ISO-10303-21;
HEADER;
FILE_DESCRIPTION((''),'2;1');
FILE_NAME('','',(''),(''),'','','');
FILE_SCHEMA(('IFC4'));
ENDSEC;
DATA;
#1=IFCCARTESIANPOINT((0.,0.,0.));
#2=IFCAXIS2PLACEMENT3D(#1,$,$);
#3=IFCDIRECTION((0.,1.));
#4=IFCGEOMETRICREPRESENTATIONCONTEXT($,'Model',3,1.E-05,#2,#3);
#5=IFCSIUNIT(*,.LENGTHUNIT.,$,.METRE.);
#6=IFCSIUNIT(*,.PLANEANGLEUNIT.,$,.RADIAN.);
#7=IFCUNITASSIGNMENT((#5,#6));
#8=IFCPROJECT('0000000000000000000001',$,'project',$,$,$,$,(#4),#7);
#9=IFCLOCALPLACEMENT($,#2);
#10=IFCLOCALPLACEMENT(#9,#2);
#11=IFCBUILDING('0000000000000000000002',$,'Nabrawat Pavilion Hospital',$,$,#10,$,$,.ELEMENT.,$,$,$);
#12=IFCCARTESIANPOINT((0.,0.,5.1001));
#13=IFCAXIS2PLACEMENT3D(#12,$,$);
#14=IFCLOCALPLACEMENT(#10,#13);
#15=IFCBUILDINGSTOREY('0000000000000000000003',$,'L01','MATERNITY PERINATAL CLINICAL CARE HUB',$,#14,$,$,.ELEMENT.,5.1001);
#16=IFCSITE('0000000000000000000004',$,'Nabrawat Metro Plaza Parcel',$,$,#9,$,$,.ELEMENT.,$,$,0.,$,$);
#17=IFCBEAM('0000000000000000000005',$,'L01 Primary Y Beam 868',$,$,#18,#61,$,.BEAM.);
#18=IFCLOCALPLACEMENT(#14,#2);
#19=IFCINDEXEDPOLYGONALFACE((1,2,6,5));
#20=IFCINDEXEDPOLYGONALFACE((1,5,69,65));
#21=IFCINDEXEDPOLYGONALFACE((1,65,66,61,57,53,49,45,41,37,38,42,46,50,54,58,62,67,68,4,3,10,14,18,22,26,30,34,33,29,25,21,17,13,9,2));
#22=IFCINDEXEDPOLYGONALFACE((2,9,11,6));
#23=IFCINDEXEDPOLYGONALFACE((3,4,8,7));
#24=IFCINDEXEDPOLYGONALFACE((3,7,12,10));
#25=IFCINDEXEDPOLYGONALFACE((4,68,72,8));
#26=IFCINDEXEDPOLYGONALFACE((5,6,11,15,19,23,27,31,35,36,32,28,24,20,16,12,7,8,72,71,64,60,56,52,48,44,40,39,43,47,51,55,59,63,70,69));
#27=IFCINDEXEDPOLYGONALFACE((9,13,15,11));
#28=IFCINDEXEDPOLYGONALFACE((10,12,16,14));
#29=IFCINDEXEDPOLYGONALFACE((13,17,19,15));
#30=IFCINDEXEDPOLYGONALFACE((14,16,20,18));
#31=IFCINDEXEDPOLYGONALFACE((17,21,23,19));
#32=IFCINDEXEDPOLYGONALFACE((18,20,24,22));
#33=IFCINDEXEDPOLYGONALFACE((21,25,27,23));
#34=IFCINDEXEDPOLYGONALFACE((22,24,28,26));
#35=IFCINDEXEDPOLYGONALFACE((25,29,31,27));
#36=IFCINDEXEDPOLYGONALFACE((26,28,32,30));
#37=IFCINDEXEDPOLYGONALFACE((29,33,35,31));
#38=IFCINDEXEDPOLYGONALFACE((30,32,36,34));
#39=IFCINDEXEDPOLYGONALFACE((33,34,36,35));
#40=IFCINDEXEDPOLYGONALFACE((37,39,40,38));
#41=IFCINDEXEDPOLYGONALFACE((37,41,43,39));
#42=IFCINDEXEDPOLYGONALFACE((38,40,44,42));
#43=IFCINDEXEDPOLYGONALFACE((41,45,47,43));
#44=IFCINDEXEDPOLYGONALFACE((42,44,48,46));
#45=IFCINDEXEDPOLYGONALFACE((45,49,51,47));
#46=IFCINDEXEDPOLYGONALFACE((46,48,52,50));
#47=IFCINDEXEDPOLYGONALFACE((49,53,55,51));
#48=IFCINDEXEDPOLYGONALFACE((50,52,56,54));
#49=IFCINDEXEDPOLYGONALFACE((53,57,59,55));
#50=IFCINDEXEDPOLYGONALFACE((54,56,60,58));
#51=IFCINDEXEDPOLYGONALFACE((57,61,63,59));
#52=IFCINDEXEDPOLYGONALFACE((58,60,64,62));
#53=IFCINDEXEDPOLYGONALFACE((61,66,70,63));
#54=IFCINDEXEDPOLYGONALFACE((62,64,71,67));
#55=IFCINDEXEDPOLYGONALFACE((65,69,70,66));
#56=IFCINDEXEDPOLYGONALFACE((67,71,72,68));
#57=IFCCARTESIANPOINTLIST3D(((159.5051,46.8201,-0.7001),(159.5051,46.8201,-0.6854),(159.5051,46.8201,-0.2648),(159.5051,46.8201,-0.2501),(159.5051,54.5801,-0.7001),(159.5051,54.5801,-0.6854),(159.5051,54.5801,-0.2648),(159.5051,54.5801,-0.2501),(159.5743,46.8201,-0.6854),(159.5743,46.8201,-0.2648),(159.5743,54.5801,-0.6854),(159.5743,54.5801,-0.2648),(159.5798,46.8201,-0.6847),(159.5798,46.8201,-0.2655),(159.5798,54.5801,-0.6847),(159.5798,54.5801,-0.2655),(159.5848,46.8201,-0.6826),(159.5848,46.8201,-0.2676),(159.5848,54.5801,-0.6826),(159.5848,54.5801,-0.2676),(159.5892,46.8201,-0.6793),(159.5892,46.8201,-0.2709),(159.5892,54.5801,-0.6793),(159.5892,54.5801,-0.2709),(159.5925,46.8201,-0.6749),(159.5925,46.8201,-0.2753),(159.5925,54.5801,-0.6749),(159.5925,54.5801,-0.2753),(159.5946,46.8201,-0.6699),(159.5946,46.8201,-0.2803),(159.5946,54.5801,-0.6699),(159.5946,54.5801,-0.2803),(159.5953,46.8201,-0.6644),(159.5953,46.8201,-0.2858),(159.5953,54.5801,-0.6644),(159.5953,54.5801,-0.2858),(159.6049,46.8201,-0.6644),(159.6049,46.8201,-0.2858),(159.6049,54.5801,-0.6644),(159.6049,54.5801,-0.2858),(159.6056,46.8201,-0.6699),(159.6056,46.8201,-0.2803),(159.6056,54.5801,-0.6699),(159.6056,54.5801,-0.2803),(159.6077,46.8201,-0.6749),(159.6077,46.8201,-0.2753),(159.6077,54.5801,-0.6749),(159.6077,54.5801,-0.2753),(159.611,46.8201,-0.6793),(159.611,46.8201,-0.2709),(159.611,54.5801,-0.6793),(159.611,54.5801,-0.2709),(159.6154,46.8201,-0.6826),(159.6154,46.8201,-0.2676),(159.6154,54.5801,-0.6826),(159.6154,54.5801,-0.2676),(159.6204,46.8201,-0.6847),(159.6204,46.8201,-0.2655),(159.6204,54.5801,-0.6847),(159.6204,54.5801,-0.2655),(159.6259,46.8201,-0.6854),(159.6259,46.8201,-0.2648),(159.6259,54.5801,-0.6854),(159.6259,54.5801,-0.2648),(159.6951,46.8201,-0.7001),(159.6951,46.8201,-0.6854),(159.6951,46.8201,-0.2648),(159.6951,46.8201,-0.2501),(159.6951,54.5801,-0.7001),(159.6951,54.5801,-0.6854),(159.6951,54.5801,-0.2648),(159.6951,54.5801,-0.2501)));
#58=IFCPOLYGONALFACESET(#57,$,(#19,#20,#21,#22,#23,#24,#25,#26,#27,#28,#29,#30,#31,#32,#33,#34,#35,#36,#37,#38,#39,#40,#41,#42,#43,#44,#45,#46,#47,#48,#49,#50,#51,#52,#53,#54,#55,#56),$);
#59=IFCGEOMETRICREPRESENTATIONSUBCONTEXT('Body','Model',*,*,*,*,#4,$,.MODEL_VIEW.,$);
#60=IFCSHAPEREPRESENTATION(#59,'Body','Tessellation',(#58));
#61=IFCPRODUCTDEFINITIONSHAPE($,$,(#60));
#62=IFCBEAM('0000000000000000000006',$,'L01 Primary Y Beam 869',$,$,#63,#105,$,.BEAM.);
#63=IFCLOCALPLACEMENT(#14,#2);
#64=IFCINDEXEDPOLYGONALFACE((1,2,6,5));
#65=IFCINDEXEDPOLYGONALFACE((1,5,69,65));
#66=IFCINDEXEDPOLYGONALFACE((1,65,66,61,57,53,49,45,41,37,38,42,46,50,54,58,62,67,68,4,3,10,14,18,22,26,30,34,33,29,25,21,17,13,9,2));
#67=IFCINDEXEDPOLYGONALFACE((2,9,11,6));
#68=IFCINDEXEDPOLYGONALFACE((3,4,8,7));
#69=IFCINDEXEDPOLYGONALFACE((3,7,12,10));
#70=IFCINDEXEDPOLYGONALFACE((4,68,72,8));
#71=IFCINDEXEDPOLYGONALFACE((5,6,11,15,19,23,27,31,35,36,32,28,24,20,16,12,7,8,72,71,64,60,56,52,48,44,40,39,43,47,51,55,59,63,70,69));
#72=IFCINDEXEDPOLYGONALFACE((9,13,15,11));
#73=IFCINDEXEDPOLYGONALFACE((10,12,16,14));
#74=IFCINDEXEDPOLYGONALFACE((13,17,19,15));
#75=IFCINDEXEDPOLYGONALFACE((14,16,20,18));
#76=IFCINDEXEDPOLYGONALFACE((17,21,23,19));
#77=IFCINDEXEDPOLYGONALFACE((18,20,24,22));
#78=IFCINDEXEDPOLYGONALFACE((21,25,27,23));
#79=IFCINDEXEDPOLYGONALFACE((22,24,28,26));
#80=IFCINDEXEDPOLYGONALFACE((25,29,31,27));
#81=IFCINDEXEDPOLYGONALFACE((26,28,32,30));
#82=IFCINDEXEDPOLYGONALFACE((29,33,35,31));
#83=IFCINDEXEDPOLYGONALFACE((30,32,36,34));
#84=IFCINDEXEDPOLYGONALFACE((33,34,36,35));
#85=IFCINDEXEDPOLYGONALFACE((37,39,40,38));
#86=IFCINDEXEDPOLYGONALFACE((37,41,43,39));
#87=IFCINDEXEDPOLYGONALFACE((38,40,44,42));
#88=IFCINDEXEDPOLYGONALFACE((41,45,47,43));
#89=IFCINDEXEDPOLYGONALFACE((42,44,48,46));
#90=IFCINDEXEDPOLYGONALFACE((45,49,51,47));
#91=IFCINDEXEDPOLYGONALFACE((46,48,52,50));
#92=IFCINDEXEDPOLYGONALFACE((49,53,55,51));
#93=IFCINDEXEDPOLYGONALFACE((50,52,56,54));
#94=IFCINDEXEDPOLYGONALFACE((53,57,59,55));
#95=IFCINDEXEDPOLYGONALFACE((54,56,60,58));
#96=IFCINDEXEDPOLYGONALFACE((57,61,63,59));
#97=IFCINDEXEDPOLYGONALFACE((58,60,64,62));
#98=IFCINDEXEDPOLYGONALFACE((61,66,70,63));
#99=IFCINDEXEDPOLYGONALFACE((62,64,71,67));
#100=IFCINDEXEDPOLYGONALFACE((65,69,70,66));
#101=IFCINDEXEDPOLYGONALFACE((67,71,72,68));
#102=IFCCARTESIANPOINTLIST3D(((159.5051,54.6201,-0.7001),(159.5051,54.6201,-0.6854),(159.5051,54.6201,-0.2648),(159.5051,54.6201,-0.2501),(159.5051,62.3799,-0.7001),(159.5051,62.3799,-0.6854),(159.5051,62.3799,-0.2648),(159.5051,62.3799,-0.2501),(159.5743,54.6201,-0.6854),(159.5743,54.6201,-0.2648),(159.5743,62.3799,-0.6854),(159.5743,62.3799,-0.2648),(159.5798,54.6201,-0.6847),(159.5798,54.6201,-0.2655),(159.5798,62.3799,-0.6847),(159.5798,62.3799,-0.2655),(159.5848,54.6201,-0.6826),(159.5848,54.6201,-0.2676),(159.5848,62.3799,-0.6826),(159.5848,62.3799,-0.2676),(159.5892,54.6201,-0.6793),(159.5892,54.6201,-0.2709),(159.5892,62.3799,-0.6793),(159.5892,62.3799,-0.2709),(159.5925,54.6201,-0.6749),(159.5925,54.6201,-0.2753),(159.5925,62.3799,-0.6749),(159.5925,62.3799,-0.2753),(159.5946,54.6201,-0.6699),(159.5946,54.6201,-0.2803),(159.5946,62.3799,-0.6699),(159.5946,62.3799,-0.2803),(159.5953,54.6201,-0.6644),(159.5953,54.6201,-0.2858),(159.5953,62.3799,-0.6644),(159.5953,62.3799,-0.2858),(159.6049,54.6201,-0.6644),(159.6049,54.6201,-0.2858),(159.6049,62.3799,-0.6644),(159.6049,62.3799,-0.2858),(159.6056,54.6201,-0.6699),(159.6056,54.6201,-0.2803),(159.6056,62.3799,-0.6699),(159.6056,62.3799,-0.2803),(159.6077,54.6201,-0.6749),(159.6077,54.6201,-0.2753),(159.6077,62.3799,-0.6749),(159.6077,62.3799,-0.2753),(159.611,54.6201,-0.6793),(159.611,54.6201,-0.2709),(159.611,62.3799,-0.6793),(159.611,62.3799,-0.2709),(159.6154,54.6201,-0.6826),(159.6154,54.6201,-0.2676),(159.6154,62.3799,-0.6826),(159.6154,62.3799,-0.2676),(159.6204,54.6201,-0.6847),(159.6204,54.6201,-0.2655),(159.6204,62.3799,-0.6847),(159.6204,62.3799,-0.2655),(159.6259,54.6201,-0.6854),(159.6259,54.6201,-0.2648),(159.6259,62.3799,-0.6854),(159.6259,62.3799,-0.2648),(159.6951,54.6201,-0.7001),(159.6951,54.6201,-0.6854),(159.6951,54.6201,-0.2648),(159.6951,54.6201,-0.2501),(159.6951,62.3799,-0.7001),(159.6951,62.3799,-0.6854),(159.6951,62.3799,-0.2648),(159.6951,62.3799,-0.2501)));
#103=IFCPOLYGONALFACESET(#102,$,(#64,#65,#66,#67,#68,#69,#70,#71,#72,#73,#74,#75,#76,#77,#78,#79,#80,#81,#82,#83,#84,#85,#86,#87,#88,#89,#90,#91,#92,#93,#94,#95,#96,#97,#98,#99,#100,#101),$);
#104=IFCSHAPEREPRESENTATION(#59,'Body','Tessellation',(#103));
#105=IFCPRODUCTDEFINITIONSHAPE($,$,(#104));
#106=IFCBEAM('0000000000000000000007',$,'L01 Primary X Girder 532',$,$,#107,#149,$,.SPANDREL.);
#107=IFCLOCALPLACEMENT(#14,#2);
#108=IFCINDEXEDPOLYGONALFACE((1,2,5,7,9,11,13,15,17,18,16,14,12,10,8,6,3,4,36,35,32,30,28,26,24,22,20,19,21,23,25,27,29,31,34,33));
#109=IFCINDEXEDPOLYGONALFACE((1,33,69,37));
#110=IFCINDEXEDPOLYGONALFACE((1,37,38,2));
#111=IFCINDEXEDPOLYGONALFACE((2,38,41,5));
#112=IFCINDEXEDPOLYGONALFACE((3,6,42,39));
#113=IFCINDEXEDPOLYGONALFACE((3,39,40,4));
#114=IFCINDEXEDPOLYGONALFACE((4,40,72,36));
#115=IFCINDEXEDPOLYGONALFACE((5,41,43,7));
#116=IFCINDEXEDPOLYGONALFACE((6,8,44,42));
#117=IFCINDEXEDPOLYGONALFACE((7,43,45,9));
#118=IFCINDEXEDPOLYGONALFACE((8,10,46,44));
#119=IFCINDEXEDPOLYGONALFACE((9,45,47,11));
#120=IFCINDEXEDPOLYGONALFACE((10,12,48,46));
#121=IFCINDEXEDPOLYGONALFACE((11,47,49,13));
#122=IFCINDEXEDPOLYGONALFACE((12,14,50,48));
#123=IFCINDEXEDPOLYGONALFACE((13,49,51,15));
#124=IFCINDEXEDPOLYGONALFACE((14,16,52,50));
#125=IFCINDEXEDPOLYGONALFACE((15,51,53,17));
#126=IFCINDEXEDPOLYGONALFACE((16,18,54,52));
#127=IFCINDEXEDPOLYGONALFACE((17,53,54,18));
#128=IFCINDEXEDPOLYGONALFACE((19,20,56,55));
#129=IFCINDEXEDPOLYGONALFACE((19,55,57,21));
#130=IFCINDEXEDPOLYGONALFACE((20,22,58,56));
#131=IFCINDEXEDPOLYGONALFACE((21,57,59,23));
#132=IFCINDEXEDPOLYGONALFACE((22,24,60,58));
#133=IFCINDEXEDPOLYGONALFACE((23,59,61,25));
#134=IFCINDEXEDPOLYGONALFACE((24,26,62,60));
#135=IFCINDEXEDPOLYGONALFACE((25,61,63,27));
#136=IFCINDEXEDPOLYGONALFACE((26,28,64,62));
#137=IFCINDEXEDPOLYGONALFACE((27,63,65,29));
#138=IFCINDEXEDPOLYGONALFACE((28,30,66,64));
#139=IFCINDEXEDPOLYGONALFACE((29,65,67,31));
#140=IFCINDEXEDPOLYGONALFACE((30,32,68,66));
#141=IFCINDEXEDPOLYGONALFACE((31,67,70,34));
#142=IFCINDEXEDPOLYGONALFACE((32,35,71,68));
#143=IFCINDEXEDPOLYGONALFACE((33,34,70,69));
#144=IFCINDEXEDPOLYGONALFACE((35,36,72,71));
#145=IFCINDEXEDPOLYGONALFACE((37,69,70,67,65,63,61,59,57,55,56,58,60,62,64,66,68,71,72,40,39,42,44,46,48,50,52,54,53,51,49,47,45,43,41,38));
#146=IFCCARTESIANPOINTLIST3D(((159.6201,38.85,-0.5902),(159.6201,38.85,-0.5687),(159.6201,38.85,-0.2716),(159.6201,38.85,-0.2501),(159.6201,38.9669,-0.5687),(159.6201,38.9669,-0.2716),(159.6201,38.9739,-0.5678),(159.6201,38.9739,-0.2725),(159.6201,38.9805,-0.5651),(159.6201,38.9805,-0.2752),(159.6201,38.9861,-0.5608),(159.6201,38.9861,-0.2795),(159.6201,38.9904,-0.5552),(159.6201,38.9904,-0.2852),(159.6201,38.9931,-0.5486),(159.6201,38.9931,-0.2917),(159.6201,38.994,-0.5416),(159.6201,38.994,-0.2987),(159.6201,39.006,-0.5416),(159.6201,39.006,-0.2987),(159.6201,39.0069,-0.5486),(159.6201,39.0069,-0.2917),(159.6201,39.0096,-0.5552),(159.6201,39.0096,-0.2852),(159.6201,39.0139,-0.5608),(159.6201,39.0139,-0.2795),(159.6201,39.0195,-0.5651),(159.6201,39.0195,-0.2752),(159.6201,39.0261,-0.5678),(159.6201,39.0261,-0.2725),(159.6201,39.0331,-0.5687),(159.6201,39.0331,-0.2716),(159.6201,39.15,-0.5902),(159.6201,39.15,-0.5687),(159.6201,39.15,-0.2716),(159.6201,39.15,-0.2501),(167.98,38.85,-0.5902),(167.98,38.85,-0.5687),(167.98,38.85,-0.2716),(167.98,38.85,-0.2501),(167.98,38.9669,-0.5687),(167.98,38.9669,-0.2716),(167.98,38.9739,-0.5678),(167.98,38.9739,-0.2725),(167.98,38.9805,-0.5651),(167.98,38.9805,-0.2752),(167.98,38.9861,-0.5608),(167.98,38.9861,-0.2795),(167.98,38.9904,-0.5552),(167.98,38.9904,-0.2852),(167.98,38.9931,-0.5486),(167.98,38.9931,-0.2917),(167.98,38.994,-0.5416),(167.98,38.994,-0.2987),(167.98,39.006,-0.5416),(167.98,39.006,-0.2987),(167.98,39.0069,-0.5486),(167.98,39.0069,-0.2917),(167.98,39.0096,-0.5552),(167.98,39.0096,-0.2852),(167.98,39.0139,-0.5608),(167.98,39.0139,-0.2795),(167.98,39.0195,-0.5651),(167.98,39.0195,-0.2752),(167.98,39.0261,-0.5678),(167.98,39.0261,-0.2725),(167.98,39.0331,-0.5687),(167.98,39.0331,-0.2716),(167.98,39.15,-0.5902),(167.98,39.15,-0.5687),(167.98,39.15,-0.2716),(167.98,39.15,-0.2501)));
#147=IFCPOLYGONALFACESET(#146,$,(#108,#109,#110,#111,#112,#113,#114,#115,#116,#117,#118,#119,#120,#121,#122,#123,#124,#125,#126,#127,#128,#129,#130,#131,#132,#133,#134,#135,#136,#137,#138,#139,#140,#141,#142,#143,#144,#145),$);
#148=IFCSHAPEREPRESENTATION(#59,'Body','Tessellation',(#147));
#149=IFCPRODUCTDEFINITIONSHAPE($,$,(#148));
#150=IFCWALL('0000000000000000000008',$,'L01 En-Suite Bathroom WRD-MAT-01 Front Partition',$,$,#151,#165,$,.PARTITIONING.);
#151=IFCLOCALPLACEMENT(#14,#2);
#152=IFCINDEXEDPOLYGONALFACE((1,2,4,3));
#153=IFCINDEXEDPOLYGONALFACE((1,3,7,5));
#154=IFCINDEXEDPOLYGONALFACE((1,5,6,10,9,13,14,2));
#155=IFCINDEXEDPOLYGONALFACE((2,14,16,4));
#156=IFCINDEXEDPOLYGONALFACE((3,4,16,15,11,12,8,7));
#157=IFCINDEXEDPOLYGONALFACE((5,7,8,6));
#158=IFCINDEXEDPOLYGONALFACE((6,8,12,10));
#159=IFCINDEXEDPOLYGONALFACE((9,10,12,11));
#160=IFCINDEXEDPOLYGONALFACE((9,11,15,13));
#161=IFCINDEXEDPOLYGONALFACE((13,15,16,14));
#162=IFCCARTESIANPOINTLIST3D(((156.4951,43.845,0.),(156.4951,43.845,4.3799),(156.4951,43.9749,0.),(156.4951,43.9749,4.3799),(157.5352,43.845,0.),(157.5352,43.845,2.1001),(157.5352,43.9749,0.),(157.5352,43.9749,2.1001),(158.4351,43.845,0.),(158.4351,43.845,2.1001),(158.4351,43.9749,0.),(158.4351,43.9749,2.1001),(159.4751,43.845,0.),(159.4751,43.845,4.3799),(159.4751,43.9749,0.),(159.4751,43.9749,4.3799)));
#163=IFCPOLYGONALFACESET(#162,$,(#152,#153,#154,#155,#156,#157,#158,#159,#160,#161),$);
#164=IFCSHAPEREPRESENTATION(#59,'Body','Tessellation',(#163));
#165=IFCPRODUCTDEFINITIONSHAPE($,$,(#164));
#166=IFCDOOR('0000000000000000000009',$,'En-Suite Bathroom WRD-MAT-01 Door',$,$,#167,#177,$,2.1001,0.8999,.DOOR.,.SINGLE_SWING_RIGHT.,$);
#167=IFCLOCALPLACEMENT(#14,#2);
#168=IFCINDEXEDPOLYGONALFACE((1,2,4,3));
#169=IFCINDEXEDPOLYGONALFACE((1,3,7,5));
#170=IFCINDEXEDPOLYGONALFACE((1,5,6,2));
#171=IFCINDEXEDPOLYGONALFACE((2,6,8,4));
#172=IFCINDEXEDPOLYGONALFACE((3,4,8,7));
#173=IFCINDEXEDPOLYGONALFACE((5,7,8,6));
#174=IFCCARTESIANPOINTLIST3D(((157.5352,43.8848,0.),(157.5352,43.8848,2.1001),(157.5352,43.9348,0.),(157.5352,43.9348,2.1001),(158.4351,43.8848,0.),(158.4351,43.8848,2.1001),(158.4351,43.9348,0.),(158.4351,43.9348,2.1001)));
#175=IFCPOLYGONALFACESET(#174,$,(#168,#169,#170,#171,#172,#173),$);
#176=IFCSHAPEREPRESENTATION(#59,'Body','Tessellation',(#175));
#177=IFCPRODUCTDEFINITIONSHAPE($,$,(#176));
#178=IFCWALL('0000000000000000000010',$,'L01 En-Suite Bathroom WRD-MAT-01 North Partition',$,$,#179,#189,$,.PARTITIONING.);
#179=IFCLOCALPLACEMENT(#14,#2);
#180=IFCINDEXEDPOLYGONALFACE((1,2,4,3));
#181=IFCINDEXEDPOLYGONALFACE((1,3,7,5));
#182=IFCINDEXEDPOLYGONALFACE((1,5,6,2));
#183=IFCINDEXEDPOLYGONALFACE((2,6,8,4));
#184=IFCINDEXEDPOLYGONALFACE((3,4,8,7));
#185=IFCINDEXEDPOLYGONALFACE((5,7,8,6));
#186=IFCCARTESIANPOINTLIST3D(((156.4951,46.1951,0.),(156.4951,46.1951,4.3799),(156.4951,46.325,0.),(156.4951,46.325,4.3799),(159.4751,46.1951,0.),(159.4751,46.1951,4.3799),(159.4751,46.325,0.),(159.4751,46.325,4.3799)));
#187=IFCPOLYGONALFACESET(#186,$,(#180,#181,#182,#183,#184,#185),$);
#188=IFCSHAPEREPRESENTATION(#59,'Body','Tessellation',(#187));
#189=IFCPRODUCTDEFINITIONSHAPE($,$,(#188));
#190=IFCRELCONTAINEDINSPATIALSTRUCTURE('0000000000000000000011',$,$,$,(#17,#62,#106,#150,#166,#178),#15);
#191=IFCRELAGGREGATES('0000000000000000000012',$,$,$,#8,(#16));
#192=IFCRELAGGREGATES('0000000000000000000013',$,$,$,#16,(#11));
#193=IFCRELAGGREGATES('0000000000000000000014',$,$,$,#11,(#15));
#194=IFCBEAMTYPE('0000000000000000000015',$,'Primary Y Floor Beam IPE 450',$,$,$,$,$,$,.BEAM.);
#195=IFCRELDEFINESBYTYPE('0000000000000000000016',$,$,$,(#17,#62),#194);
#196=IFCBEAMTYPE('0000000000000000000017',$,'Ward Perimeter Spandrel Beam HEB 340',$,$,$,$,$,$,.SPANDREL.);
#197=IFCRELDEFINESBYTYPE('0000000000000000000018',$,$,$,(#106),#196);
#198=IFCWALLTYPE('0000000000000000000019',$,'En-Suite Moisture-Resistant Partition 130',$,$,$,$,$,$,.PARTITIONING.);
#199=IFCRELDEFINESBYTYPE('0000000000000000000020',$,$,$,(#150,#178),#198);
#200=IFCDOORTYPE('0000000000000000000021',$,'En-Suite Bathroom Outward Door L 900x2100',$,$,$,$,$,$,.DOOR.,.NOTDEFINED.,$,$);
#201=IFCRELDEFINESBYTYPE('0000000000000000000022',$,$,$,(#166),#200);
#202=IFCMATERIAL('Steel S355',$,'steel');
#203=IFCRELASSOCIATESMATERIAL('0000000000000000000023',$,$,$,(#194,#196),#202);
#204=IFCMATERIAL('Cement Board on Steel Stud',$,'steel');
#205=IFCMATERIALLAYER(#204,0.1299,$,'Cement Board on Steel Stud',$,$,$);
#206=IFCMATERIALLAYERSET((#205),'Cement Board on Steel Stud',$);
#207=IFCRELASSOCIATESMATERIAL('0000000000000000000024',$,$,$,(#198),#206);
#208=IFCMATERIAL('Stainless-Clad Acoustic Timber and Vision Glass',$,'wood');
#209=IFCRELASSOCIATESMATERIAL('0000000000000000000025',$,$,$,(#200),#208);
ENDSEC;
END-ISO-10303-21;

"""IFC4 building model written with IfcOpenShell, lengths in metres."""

from ifc_helpers import new_model, si_unit, direction, frame, frame_2d, origin, origin_2d, place, context, subcontext, project, spatial, rectangle, i_section, extrude, material, layer, layer_set, material_profile, profile_set, type_object, element, fill, save


model = new_model("IFC4")

# Units and contexts
model_context = context("Model", 3, precision=1e-05, world=origin(), true_north=direction((0.0, 1.0)))
body_context = subcontext(model_context, "Body", "Model", "MODEL_VIEW")
ifc_project = project(units=[si_unit("LENGTHUNIT", "METRE"), si_unit("PLANEANGLEUNIT", "RADIAN")], contexts=[model_context])

# Site, building, storey
site_placement = place(None, origin())
site = spatial("IfcSite", under=ifc_project, at=site_placement, Name="Nabrawat Metro Plaza Parcel", CompositionType="ELEMENT", RefElevation=0.0)
building_placement = place(site_placement, origin())
building = spatial("IfcBuilding", under=site, at=building_placement, Name="Nabrawat Pavilion Hospital", CompositionType="ELEMENT")
storey_placement = place(building_placement, frame((0.0, 0.0, 5.1001)))
storey = spatial("IfcBuildingStorey", under=building, at=storey_placement, Name="L01", Description="MATERNITY PERINATAL CLINICAL CARE HUB", CompositionType="ELEMENT", Elevation=5.1001)

# Shared definitions
ifc_material_1 = material(Name="Steel S355", Category="steel")

# Beams
ifc_material_profile_1 = material_profile(ifc_material_1, i_section(OverallWidth=0.1899, OverallDepth=0.45, WebThickness=0.0095, FlangeThickness=0.0146, FilletRadius=0.021, at=origin_2d()), Name="IPE 450")
ifc_profile_set_1 = profile_set([ifc_material_profile_1], Name="Steel S355")
beam_type_1 = type_object("IfcBeamType", Name="Primary Y Floor Beam IPE 450", PredefinedType="BEAM", material=ifc_profile_set_1)
for number, where, z_axis, x_axis, name in (
    (1, (159.6001, 46.8201, -0.4751), (0.0, 1.0, 0.0), (-1.0, 0.0, 0.0), "L01 Primary Y Beam 868"),
):
    element("IfcBeam", number, at=place(storey_placement, frame(where, z_axis=z_axis, x_axis=x_axis)), inside=storey, type_object=beam_type_1, Name=name, PredefinedType="BEAM", context=body_context, shape_type="SweptSolid", body=[
        extrude(i_section(OverallWidth=0.1899, OverallDepth=0.45, WebThickness=0.0095, FlangeThickness=0.0146, FilletRadius=0.021, at=origin_2d()), origin(), (0.0, 0.0, 1.0), 7.76),
    ])
beam_1_placement = place(storey_placement, frame((159.6001, 54.6201, -0.4751), z_axis=(0.0, 1.0, 0.0), x_axis=(-1.0, 0.0, 0.0)))
element("IfcBeam", 2, at=beam_1_placement, inside=storey, type_object=beam_type_1, Name="L01 Primary Y Beam 869", PredefinedType="BEAM", context=body_context, shape_type="SweptSolid", body=[
    extrude(i_section(OverallWidth=0.1899, OverallDepth=0.45, WebThickness=0.0095, FlangeThickness=0.0146, FilletRadius=0.021, at=origin_2d()), origin(), (0.0, 0.0, 1.0), 7.7598),
])
ifc_material_profile_2 = material_profile(ifc_material_1, i_section(OverallWidth=0.3, OverallDepth=0.3401, WebThickness=0.012, FlangeThickness=0.0215, FilletRadius=0.0271, at=origin_2d()), Name="HEB 340")
ifc_profile_set_2 = profile_set([ifc_material_profile_2], Name="Steel S355")
beam_type_2 = type_object("IfcBeamType", Name="Ward Perimeter Spandrel Beam HEB 340", PredefinedType="SPANDREL", material=ifc_profile_set_2)
beam_2_placement = place(storey_placement, frame((159.6201, 39.0, -0.4202), z_axis=(1.0, 0.0, 0.0), x_axis=(0.0, 1.0, 0.0)))
element("IfcBeam", 3, at=beam_2_placement, inside=storey, type_object=beam_type_2, Name="L01 Primary X Girder 532", PredefinedType="SPANDREL", context=body_context, shape_type="SweptSolid", body=[
    extrude(i_section(OverallWidth=0.3, OverallDepth=0.3401, WebThickness=0.012, FlangeThickness=0.0215, FilletRadius=0.0271, at=origin_2d()), origin(), (0.0, 0.0, 1.0), 8.3599),
])

# Wall, opening, door
ifc_material_2 = material(Name="Cement Board on Steel Stud", Category="steel")
ifc_layer_1 = layer(ifc_material_2, 0.1299, Name="Cement Board on Steel Stud")
ifc_layer_set_1 = layer_set([ifc_layer_1], Name="Cement Board on Steel Stud")
wall_type = type_object("IfcWallType", Name="En-Suite Moisture-Resistant Partition 130", PredefinedType="PARTITIONING", material=ifc_layer_set_1)
wall_1_placement = place(storey_placement, frame((156.4951, 43.9099, 0.0), z_axis=(0.0, 0.0, 1.0), x_axis=(1.0, 0.0, 0.0)))
wall_1 = element("IfcWall", 4, at=wall_1_placement, inside=storey, type_object=wall_type, Name="L01 En-Suite Bathroom WRD-MAT-01 Front Partition", PredefinedType="PARTITIONING", context=body_context, shape_type="SweptSolid", body=[
    extrude(rectangle(XDim=2.98, YDim=0.1299, at=frame_2d((1.49, 0.0))), origin(), (0.0, 0.0, 1.0), 4.3799),
])
opening_placement = place(wall_1_placement, frame((1.04, 0.0, 0.0)))
opening = element("IfcOpeningElement", 5, at=opening_placement, cuts=wall_1, PredefinedType="OPENING", context=body_context, shape_type="SweptSolid", body=[
    extrude(rectangle(XDim=0.8999, YDim=2.1001, at=frame_2d((0.45, 1.05))), frame((0.0, 0.075, 0.0), z_axis=(0.0, -1.0, 0.0), x_axis=(1.0, 0.0, 0.0)), (0.0, 0.0, 1.0), 0.1499),
])
ifc_material_3 = material(Name="Stainless-Clad Acoustic Timber and Vision Glass", Category="wood")
door_type = type_object("IfcDoorType", Name="En-Suite Bathroom Outward Door L 900x2100", OperationType="NOTDEFINED", PredefinedType="DOOR", material=ifc_material_3)
door_placement = place(opening_placement, origin())
door = element("IfcDoor", 6, at=door_placement, inside=storey, type_object=door_type, Name="En-Suite Bathroom WRD-MAT-01 Door", OperationType="SINGLE_SWING_RIGHT", OverallHeight=2.1001, OverallWidth=0.8999, PredefinedType="DOOR", context=body_context, shape_type="SweptSolid", body=[
    extrude(rectangle(XDim=0.8999, YDim=2.1001, at=frame_2d((0.45, 1.05))), frame((0.0, 0.0249, 0.0), z_axis=(0.0, -1.0, 0.0), x_axis=(1.0, 0.0, 0.0)), (0.0, 0.0, 1.0), 0.05),
])
fill(opening, door)

# Wall
wall_2_placement = place(storey_placement, frame((156.4951, 46.26, 0.0), z_axis=(0.0, 0.0, 1.0), x_axis=(1.0, 0.0, 0.0)))
element("IfcWall", 7, at=wall_2_placement, inside=storey, type_object=wall_type, Name="L01 En-Suite Bathroom WRD-MAT-01 North Partition", PredefinedType="PARTITIONING", context=body_context, shape_type="SweptSolid", body=[
    extrude(rectangle(XDim=2.98, YDim=0.1299, at=frame_2d((1.49, 0.0))), origin(), (0.0, 0.0, 1.0), 4.3799),
])

save(model, "model.ifc")
